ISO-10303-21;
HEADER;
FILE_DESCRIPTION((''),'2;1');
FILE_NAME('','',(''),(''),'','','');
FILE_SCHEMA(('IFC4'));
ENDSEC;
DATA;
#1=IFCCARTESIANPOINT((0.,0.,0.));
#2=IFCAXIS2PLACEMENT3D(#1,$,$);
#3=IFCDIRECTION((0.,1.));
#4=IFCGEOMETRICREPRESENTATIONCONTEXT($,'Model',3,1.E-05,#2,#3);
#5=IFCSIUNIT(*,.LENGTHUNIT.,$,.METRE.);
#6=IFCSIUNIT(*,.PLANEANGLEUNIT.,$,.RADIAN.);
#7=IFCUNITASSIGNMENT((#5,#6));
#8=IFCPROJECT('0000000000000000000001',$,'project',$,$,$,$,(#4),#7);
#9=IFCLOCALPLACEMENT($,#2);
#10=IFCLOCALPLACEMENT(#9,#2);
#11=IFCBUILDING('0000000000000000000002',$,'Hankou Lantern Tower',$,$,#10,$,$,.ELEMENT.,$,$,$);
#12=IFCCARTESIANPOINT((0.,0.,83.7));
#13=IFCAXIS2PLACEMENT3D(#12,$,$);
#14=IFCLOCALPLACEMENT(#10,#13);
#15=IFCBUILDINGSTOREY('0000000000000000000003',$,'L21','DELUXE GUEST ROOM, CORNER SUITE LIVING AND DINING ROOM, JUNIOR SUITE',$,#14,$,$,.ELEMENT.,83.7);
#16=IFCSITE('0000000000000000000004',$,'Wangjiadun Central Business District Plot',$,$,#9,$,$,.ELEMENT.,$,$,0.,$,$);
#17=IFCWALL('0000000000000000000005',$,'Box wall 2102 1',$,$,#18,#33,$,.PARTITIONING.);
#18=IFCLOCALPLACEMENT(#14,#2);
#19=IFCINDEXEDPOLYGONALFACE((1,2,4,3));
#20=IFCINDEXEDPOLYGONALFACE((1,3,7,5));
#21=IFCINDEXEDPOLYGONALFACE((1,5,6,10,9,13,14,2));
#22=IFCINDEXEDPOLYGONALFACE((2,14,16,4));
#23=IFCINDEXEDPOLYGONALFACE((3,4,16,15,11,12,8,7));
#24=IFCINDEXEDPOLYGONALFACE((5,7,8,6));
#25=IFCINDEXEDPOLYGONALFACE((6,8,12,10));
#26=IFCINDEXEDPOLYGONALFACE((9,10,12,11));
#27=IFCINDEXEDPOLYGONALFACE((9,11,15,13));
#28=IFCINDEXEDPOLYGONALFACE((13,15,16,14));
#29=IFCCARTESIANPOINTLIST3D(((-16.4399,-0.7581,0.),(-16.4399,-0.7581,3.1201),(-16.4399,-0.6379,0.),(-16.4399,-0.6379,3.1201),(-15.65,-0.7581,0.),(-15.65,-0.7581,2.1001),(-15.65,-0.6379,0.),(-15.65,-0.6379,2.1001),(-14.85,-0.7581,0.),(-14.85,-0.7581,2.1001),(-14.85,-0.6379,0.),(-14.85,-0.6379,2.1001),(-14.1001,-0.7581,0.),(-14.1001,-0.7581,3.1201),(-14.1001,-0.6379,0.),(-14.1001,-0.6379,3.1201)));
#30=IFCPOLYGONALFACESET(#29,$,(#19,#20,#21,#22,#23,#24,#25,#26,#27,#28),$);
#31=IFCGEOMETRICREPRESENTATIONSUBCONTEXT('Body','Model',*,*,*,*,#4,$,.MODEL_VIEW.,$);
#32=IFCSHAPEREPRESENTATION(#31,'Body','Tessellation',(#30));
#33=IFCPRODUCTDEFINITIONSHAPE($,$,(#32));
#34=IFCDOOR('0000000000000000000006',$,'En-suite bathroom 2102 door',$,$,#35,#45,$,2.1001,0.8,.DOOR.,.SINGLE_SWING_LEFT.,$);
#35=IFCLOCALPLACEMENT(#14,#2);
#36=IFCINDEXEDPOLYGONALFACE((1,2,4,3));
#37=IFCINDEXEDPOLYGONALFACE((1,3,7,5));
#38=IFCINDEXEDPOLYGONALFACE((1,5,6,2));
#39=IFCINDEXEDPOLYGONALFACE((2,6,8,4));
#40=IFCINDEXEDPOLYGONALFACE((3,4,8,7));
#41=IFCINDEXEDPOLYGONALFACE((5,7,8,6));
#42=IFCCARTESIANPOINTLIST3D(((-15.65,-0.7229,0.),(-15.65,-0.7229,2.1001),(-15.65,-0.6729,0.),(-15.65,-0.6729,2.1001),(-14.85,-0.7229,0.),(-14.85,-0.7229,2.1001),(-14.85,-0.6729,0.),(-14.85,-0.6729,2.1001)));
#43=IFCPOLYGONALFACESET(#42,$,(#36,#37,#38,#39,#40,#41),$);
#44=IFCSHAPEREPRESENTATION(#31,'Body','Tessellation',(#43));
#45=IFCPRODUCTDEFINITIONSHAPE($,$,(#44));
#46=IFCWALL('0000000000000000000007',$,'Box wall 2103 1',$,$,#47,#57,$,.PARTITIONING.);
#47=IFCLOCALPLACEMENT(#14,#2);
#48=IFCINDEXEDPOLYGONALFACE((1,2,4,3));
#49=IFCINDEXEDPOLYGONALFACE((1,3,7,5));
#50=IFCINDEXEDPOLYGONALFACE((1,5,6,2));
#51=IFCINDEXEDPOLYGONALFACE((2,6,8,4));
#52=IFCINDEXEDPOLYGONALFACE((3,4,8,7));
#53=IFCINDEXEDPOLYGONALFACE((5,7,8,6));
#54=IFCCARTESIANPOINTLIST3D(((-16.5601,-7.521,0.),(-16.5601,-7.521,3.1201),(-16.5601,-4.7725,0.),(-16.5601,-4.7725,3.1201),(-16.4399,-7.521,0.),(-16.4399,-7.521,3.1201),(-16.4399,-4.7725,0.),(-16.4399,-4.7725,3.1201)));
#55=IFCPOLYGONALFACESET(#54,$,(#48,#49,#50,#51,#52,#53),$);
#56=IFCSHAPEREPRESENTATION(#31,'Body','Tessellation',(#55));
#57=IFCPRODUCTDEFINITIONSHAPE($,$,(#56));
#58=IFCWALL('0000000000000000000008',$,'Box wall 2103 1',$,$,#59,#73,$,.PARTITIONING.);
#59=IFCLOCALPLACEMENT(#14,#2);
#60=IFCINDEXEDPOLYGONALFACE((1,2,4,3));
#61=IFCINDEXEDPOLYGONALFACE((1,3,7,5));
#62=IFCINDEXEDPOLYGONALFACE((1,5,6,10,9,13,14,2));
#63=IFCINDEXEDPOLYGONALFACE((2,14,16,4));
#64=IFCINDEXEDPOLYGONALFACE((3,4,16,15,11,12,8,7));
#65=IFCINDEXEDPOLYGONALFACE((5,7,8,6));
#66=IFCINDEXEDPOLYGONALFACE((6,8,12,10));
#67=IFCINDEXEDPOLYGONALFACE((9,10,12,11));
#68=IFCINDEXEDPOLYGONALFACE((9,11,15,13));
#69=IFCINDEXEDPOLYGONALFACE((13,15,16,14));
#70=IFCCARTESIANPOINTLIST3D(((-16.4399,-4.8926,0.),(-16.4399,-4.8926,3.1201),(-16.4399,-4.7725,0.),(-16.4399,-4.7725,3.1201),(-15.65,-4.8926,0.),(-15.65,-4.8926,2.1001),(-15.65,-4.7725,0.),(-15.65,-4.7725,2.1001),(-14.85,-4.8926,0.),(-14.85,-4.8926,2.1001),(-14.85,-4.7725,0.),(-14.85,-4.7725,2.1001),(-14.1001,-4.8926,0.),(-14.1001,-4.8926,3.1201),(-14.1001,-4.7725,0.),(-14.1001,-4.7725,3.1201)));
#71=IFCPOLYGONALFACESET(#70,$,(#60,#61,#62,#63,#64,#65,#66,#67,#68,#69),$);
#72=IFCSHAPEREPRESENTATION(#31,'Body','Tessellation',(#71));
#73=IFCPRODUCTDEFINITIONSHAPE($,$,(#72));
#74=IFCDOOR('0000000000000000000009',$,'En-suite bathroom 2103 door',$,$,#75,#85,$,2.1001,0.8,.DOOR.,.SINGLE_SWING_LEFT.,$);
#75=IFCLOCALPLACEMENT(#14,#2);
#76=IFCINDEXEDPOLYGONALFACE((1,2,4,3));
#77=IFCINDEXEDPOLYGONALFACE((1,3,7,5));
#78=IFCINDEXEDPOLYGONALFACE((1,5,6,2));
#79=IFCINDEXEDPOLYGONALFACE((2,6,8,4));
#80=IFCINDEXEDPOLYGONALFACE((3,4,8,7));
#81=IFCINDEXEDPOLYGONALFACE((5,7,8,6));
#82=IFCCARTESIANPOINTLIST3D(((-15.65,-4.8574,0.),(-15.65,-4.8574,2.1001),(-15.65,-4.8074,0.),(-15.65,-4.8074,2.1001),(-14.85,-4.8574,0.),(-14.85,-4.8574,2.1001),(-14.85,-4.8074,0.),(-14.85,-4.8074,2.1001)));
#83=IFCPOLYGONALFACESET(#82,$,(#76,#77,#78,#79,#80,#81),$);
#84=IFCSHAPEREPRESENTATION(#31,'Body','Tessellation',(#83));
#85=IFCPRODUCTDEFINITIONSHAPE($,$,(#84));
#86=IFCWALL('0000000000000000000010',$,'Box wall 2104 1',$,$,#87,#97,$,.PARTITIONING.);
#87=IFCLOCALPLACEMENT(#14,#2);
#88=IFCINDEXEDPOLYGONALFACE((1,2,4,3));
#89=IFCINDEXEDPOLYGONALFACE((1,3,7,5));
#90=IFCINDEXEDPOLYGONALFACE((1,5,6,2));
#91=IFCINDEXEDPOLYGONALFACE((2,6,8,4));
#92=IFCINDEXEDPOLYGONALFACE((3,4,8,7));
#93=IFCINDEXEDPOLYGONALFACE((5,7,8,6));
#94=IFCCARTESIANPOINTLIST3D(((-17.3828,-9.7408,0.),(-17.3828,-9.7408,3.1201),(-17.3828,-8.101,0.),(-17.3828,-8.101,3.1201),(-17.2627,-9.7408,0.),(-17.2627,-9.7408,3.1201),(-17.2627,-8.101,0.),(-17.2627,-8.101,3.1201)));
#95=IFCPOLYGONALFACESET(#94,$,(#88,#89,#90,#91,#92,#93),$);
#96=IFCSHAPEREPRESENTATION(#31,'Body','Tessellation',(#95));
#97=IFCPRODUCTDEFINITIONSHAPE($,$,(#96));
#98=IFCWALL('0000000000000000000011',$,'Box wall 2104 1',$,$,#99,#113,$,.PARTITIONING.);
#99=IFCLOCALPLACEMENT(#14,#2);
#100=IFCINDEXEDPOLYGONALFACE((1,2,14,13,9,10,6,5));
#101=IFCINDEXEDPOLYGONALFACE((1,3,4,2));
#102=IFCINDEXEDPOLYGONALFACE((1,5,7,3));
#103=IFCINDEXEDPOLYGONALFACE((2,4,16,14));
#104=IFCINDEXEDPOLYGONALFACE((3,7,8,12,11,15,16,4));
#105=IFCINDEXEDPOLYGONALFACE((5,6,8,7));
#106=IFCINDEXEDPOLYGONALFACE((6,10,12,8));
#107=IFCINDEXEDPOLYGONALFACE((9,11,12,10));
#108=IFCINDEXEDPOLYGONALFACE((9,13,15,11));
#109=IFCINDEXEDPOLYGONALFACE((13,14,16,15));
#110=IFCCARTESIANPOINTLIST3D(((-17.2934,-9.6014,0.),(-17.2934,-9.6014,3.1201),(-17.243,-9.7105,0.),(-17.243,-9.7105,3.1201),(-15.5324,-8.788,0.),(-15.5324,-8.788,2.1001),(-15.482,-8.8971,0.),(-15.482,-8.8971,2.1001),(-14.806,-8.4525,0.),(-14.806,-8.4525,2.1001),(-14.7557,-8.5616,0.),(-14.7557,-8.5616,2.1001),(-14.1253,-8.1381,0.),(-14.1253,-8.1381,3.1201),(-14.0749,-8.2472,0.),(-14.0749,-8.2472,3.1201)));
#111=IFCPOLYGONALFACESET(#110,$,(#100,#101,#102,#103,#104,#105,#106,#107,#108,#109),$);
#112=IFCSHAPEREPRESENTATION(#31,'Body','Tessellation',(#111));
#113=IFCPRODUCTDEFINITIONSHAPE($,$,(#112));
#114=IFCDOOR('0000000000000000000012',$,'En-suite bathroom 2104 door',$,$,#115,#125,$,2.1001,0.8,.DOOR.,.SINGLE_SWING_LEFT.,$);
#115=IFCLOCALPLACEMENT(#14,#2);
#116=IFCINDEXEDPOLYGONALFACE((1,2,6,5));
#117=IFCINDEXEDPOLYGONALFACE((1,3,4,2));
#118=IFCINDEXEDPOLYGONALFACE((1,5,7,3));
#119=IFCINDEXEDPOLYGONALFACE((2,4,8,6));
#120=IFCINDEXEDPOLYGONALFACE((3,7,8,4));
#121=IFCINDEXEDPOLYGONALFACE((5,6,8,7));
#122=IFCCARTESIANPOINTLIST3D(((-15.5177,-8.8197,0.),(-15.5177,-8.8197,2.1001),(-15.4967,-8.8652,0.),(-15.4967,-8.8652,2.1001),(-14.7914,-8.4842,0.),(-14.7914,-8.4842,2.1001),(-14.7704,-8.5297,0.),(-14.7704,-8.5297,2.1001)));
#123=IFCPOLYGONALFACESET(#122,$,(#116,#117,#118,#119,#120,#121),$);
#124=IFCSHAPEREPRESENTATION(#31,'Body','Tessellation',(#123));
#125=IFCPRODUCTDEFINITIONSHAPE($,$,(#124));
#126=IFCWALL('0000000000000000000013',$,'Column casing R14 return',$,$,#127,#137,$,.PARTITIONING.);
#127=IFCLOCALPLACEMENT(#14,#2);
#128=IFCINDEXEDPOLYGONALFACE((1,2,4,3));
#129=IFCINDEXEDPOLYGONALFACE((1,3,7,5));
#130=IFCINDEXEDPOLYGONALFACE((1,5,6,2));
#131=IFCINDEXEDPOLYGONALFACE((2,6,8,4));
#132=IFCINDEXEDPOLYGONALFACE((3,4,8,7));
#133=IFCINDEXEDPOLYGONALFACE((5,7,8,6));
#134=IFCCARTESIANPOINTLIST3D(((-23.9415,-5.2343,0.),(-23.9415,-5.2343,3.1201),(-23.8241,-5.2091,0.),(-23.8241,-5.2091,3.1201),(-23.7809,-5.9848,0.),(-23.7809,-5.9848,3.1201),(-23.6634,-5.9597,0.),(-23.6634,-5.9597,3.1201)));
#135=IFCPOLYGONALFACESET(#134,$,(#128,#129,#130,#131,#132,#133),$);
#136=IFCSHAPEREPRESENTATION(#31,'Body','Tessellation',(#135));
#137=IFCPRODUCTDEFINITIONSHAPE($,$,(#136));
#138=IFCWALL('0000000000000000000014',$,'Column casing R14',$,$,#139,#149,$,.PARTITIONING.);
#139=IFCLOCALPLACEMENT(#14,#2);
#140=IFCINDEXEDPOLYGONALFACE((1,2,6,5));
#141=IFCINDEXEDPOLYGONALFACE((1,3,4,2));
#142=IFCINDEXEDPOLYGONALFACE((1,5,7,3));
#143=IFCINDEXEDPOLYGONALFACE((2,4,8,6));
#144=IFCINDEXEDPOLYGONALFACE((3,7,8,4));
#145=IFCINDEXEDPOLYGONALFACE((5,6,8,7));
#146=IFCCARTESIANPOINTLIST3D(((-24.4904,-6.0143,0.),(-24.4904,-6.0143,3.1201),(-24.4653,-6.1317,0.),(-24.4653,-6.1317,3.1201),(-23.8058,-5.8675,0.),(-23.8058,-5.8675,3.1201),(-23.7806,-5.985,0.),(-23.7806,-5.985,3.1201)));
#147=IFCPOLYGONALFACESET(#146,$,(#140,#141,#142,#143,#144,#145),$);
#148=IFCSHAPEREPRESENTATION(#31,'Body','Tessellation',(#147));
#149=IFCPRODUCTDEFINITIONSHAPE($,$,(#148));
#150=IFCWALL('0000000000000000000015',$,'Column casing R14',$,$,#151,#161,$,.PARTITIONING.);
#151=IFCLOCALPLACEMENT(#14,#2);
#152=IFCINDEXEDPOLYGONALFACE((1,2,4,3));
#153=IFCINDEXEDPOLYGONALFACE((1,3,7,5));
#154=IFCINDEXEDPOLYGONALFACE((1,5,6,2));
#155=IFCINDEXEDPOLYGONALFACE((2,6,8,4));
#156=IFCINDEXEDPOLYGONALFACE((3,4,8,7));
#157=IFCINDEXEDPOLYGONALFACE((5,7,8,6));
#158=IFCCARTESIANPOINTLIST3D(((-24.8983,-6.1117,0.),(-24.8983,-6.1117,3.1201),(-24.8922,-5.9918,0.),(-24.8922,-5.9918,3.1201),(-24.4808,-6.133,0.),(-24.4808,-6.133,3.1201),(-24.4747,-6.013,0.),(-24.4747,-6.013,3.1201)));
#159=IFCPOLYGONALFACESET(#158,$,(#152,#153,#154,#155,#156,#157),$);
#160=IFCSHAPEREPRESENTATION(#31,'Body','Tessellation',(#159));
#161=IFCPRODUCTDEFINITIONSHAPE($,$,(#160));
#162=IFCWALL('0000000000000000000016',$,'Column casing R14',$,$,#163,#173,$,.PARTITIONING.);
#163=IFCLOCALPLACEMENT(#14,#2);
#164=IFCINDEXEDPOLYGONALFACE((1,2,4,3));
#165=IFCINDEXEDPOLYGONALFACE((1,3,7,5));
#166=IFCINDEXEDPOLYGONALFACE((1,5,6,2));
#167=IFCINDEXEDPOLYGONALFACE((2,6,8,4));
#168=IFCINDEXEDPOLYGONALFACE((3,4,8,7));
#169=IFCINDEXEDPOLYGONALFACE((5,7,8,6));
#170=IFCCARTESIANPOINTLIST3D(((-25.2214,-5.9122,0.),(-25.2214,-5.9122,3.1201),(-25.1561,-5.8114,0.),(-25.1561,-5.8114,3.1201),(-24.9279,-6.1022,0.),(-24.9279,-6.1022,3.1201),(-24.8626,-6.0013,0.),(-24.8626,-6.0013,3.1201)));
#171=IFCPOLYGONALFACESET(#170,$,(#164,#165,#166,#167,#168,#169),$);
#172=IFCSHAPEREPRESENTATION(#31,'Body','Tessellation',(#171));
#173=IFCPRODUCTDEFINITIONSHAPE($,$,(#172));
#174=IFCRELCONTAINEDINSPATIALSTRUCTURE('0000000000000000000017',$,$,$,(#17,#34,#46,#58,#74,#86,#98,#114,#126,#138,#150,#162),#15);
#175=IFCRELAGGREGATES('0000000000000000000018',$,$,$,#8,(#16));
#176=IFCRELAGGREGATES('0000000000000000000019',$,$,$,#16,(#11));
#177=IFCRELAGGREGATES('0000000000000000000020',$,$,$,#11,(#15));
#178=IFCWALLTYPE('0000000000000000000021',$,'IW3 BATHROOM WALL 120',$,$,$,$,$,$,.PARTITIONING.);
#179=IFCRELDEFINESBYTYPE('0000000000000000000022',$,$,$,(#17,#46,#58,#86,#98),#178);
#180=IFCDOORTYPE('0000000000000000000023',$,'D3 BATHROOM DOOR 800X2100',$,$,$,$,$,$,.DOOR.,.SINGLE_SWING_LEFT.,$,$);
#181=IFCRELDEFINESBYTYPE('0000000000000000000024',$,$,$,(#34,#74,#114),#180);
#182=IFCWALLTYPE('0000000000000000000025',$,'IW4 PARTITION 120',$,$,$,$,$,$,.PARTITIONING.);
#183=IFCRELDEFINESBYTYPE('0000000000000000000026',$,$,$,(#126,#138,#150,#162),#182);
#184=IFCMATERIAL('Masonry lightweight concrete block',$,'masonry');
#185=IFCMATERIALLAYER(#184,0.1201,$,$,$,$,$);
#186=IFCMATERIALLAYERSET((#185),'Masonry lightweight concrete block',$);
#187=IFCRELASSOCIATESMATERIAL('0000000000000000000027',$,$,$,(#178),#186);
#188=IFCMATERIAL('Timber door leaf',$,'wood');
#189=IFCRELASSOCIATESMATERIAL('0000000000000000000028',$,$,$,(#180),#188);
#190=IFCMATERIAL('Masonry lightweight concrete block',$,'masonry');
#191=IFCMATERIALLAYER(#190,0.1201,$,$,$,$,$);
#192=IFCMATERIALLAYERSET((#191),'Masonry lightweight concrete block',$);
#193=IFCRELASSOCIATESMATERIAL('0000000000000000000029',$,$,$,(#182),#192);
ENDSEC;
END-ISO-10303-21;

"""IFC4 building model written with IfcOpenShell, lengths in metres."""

from ifc_helpers import new_model, si_unit, direction, frame, frame_2d, origin, place, context, subcontext, project, spatial, rectangle, extrude, material, layer, layer_set, type_object, element, fill, save


model = new_model("IFC4")

# Units and contexts
model_context = context("Model", 3, precision=1e-05, world=origin(), true_north=direction((0.0, 1.0)))
body_context = subcontext(model_context, "Body", "Model", "MODEL_VIEW")
ifc_project = project(units=[si_unit("LENGTHUNIT", "METRE"), si_unit("PLANEANGLEUNIT", "RADIAN")], contexts=[model_context])

# Site, building, storey
site_placement = place(None, origin())
site = spatial("IfcSite", under=ifc_project, at=site_placement, Name="Wangjiadun Central Business District Plot", CompositionType="ELEMENT", RefElevation=0.0)
building_placement = place(site_placement, origin())
building = spatial("IfcBuilding", under=site, at=building_placement, Name="Hankou Lantern Tower", CompositionType="ELEMENT")
storey_placement = place(building_placement, frame((0.0, 0.0, 83.7)))
storey = spatial("IfcBuildingStorey", under=building, at=storey_placement, Name="L21", Description="DELUXE GUEST ROOM, CORNER SUITE LIVING AND DINING ROOM, JUNIOR SUITE", CompositionType="ELEMENT", Elevation=83.7)

# Wall, opening, door
ifc_material_1 = material(Name="Masonry lightweight concrete block", Category="masonry")
ifc_layer_1 = layer(ifc_material_1, 0.1201)
ifc_layer_set_1 = layer_set([ifc_layer_1], Name="Masonry lightweight concrete block")
wall_type_1 = type_object("IfcWallType", Name="IW3 BATHROOM WALL 120", PredefinedType="PARTITIONING", material=ifc_layer_set_1)
wall_1_placement = place(storey_placement, frame((-14.1001, -0.698, 0.0), z_axis=(0.0, 0.0, 1.0), x_axis=(-1.0, 0.0, 0.0)))
wall_1 = element("IfcWall", 1, at=wall_1_placement, inside=storey, type_object=wall_type_1, Name="Box wall 2102 1", PredefinedType="PARTITIONING", context=body_context, shape_type="SweptSolid", body=[
    extrude(rectangle(XDim=2.3398, YDim=0.1201, at=frame_2d((1.1699, 0.0))), origin(), (0.0, 0.0, 1.0), 3.1201),
])
opening_1_placement = place(wall_1_placement, frame((0.75, 0.0, 0.0)))
opening_1 = element("IfcOpeningElement", 2, at=opening_1_placement, cuts=wall_1, PredefinedType="OPENING", context=body_context, shape_type="SweptSolid", body=[
    extrude(rectangle(XDim=0.8, YDim=2.1001, at=frame_2d((0.3999, 1.05))), frame((0.0, 0.0701, 0.0), z_axis=(0.0, -1.0, 0.0), x_axis=(1.0, 0.0, 0.0)), (0.0, 0.0, 1.0), 0.1401),
])
ifc_material_2 = material(Name="Timber door leaf", Category="wood")
door_type = type_object("IfcDoorType", Name="D3 BATHROOM DOOR 800X2100", OperationType="SINGLE_SWING_LEFT", PredefinedType="DOOR", material=ifc_material_2)
door_1_placement = place(opening_1_placement, origin())
door_1 = element("IfcDoor", 3, at=door_1_placement, inside=storey, type_object=door_type, Name="En-suite bathroom 2102 door", OperationType="SINGLE_SWING_LEFT", OverallHeight=2.1001, OverallWidth=0.8, PredefinedType="DOOR", context=body_context, shape_type="SweptSolid", body=[
    extrude(rectangle(XDim=0.8, YDim=2.1001, at=frame_2d((0.3999, 1.05))), frame((0.0, 0.0249, 0.0), z_axis=(0.0, -1.0, 0.0), x_axis=(1.0, 0.0, 0.0)), (0.0, 0.0, 1.0), 0.05),
])
fill(opening_1, door_1)

# Wall
wall_2_placement = place(storey_placement, frame((-16.5, -7.521, 0.0), z_axis=(0.0, 0.0, 1.0), x_axis=(0.0, 1.0, 0.0)))
element("IfcWall", 4, at=wall_2_placement, inside=storey, type_object=wall_type_1, Name="Box wall 2103 1", PredefinedType="PARTITIONING", context=body_context, shape_type="SweptSolid", body=[
    extrude(rectangle(XDim=2.7485, YDim=0.1201, at=frame_2d((1.3743, 0.0))), origin(), (0.0, 0.0, 1.0), 3.1201),
])

# Wall, opening, door
wall_3_placement = place(storey_placement, frame((-14.1001, -4.8325, 0.0), z_axis=(0.0, 0.0, 1.0), x_axis=(-1.0, 0.0, 0.0)))
wall_3 = element("IfcWall", 5, at=wall_3_placement, inside=storey, type_object=wall_type_1, Name="Box wall 2103 1", PredefinedType="PARTITIONING", context=body_context, shape_type="SweptSolid", body=[
    extrude(rectangle(XDim=2.3398, YDim=0.1201, at=frame_2d((1.1699, 0.0))), origin(), (0.0, 0.0, 1.0), 3.1201),
])
opening_2_placement = place(wall_3_placement, frame((0.75, 0.0, 0.0)))
opening_2 = element("IfcOpeningElement", 6, at=opening_2_placement, cuts=wall_3, PredefinedType="OPENING", context=body_context, shape_type="SweptSolid", body=[
    extrude(rectangle(XDim=0.8, YDim=2.1001, at=frame_2d((0.3999, 1.05))), frame((0.0, 0.0701, 0.0), z_axis=(0.0, -1.0, 0.0), x_axis=(1.0, 0.0, 0.0)), (0.0, 0.0, 1.0), 0.1401),
])
door_2_placement = place(opening_2_placement, origin())
door_2 = element("IfcDoor", 7, at=door_2_placement, inside=storey, type_object=door_type, Name="En-suite bathroom 2103 door", OperationType="SINGLE_SWING_LEFT", OverallHeight=2.1001, OverallWidth=0.8, PredefinedType="DOOR", context=body_context, shape_type="SweptSolid", body=[
    extrude(rectangle(XDim=0.8, YDim=2.1001, at=frame_2d((0.3999, 1.05))), frame((0.0, 0.0249, 0.0), z_axis=(0.0, -1.0, 0.0), x_axis=(1.0, 0.0, 0.0)), (0.0, 0.0, 1.0), 0.05),
])
fill(opening_2, door_2)

# Wall
wall_4_placement = place(storey_placement, frame((-17.3228, -8.1011, 0.0), z_axis=(0.0, 0.0, 1.0), x_axis=(0.0, -1.0, 0.0)))
element("IfcWall", 8, at=wall_4_placement, inside=storey, type_object=wall_type_1, Name="Box wall 2104 1", PredefinedType="PARTITIONING", context=body_context, shape_type="SweptSolid", body=[
    extrude(rectangle(XDim=1.6399, YDim=0.1201, at=frame_2d((0.8198, 0.0))), origin(), (0.0, 0.0, 1.0), 3.1201),
])

# Wall, opening, door
wall_5_placement = place(storey_placement, frame((-14.1001, -8.1926, 0.0), z_axis=(0.0, 0.0, 1.0), x_axis=(-0.907836, -0.419324, 0.0)))
wall_5 = element("IfcWall", 9, at=wall_5_placement, inside=storey, type_object=wall_type_1, Name="Box wall 2104 1", PredefinedType="PARTITIONING", context=body_context, shape_type="SweptSolid", body=[
    extrude(rectangle(XDim=3.4897, YDim=0.1201, at=frame_2d((1.7449, 0.0))), origin(), (0.0, 0.0, 1.0), 3.1201),
])
opening_3_placement = place(wall_5_placement, frame((0.75, 0.0, 0.0)))
opening_3 = element("IfcOpeningElement", 10, at=opening_3_placement, cuts=wall_5, PredefinedType="OPENING", context=body_context, shape_type="SweptSolid", body=[
    extrude(rectangle(XDim=0.8, YDim=2.1001, at=frame_2d((0.3999, 1.05))), frame((0.0, 0.0701, 0.0), z_axis=(0.0, -1.0, 0.0), x_axis=(1.0, 0.0, 0.0)), (0.0, 0.0, 1.0), 0.1401),
])
door_3_placement = place(opening_3_placement, origin())
door_3 = element("IfcDoor", 11, at=door_3_placement, inside=storey, type_object=door_type, Name="En-suite bathroom 2104 door", OperationType="SINGLE_SWING_LEFT", OverallHeight=2.1001, OverallWidth=0.8, PredefinedType="DOOR", context=body_context, shape_type="SweptSolid", body=[
    extrude(rectangle(XDim=0.8, YDim=2.1001, at=frame_2d((0.3999, 1.05))), frame((0.0, 0.0249, 0.0), z_axis=(0.0, -1.0, 0.0), x_axis=(1.0, 0.0, 0.0)), (0.0, 0.0, 1.0), 0.05),
])
fill(opening_3, door_3)

# Walls
ifc_material_3 = material(Name="Masonry lightweight concrete block", Category="masonry")
ifc_layer_2 = layer(ifc_material_3, 0.1201)
ifc_layer_set_2 = layer_set([ifc_layer_2], Name="Masonry lightweight concrete block")
wall_type_2 = type_object("IfcWallType", Name="IW4 PARTITION 120", PredefinedType="PARTITIONING", material=ifc_layer_set_2)
wall_6_placement = place(storey_placement, frame((-23.8828, -5.2217, 0.0), z_axis=(0.0, 0.0, 1.0), x_axis=(0.209312, -0.977849, 0.0)))
element("IfcWall", 12, at=wall_6_placement, inside=storey, type_object=wall_type_2, Name="Column casing R14 return", PredefinedType="PARTITIONING", context=body_context, shape_type="SweptSolid", body=[
    extrude(rectangle(XDim=0.7676, YDim=0.1201, at=frame_2d((0.3838, 0.0))), origin(), (0.0, 0.0, 1.0), 3.1201),
])
wall_7_placement = place(storey_placement, frame((-23.7932, -5.9263, 0.0), z_axis=(0.0, 0.0, 1.0), x_axis=(-0.977792, -0.209577, 0.0)))
element("IfcWall", 13, at=wall_7_placement, inside=storey, type_object=wall_type_2, Name="Column casing R14", PredefinedType="PARTITIONING", context=body_context, shape_type="SweptSolid", body=[
    extrude(rectangle(XDim=0.7002, YDim=0.1201, at=frame_2d((0.3501, 0.0))), origin(), (0.0, 0.0, 1.0), 3.1201),
])
wall_8_placement = place(storey_placement, frame((-24.4778, -6.073, 0.0), z_axis=(0.0, 0.0, 1.0), x_axis=(-0.998708, 0.050811, 0.0)))
element("IfcWall", 14, at=wall_8_placement, inside=storey, type_object=wall_type_2, Name="Column casing R14", PredefinedType="PARTITIONING", context=body_context, shape_type="SweptSolid", body=[
    extrude(rectangle(XDim=0.418, YDim=0.1201, at=frame_2d((0.209, 0.0))), origin(), (0.0, 0.0, 1.0), 3.1201),
])
wall_9_placement = place(storey_placement, frame((-24.8953, -6.0518, 0.0), z_axis=(0.0, 0.0, 1.0), x_axis=(-0.839495, 0.543367, 0.0)))
element("IfcWall", 15, at=wall_9_placement, inside=storey, type_object=wall_type_2, Name="Column casing R14", PredefinedType="PARTITIONING", context=body_context, shape_type="SweptSolid", body=[
    extrude(rectangle(XDim=0.3496, YDim=0.1201, at=frame_2d((0.1748, 0.0))), origin(), (0.0, 0.0, 1.0), 3.1201),
])

save(model, "model.ifc")
